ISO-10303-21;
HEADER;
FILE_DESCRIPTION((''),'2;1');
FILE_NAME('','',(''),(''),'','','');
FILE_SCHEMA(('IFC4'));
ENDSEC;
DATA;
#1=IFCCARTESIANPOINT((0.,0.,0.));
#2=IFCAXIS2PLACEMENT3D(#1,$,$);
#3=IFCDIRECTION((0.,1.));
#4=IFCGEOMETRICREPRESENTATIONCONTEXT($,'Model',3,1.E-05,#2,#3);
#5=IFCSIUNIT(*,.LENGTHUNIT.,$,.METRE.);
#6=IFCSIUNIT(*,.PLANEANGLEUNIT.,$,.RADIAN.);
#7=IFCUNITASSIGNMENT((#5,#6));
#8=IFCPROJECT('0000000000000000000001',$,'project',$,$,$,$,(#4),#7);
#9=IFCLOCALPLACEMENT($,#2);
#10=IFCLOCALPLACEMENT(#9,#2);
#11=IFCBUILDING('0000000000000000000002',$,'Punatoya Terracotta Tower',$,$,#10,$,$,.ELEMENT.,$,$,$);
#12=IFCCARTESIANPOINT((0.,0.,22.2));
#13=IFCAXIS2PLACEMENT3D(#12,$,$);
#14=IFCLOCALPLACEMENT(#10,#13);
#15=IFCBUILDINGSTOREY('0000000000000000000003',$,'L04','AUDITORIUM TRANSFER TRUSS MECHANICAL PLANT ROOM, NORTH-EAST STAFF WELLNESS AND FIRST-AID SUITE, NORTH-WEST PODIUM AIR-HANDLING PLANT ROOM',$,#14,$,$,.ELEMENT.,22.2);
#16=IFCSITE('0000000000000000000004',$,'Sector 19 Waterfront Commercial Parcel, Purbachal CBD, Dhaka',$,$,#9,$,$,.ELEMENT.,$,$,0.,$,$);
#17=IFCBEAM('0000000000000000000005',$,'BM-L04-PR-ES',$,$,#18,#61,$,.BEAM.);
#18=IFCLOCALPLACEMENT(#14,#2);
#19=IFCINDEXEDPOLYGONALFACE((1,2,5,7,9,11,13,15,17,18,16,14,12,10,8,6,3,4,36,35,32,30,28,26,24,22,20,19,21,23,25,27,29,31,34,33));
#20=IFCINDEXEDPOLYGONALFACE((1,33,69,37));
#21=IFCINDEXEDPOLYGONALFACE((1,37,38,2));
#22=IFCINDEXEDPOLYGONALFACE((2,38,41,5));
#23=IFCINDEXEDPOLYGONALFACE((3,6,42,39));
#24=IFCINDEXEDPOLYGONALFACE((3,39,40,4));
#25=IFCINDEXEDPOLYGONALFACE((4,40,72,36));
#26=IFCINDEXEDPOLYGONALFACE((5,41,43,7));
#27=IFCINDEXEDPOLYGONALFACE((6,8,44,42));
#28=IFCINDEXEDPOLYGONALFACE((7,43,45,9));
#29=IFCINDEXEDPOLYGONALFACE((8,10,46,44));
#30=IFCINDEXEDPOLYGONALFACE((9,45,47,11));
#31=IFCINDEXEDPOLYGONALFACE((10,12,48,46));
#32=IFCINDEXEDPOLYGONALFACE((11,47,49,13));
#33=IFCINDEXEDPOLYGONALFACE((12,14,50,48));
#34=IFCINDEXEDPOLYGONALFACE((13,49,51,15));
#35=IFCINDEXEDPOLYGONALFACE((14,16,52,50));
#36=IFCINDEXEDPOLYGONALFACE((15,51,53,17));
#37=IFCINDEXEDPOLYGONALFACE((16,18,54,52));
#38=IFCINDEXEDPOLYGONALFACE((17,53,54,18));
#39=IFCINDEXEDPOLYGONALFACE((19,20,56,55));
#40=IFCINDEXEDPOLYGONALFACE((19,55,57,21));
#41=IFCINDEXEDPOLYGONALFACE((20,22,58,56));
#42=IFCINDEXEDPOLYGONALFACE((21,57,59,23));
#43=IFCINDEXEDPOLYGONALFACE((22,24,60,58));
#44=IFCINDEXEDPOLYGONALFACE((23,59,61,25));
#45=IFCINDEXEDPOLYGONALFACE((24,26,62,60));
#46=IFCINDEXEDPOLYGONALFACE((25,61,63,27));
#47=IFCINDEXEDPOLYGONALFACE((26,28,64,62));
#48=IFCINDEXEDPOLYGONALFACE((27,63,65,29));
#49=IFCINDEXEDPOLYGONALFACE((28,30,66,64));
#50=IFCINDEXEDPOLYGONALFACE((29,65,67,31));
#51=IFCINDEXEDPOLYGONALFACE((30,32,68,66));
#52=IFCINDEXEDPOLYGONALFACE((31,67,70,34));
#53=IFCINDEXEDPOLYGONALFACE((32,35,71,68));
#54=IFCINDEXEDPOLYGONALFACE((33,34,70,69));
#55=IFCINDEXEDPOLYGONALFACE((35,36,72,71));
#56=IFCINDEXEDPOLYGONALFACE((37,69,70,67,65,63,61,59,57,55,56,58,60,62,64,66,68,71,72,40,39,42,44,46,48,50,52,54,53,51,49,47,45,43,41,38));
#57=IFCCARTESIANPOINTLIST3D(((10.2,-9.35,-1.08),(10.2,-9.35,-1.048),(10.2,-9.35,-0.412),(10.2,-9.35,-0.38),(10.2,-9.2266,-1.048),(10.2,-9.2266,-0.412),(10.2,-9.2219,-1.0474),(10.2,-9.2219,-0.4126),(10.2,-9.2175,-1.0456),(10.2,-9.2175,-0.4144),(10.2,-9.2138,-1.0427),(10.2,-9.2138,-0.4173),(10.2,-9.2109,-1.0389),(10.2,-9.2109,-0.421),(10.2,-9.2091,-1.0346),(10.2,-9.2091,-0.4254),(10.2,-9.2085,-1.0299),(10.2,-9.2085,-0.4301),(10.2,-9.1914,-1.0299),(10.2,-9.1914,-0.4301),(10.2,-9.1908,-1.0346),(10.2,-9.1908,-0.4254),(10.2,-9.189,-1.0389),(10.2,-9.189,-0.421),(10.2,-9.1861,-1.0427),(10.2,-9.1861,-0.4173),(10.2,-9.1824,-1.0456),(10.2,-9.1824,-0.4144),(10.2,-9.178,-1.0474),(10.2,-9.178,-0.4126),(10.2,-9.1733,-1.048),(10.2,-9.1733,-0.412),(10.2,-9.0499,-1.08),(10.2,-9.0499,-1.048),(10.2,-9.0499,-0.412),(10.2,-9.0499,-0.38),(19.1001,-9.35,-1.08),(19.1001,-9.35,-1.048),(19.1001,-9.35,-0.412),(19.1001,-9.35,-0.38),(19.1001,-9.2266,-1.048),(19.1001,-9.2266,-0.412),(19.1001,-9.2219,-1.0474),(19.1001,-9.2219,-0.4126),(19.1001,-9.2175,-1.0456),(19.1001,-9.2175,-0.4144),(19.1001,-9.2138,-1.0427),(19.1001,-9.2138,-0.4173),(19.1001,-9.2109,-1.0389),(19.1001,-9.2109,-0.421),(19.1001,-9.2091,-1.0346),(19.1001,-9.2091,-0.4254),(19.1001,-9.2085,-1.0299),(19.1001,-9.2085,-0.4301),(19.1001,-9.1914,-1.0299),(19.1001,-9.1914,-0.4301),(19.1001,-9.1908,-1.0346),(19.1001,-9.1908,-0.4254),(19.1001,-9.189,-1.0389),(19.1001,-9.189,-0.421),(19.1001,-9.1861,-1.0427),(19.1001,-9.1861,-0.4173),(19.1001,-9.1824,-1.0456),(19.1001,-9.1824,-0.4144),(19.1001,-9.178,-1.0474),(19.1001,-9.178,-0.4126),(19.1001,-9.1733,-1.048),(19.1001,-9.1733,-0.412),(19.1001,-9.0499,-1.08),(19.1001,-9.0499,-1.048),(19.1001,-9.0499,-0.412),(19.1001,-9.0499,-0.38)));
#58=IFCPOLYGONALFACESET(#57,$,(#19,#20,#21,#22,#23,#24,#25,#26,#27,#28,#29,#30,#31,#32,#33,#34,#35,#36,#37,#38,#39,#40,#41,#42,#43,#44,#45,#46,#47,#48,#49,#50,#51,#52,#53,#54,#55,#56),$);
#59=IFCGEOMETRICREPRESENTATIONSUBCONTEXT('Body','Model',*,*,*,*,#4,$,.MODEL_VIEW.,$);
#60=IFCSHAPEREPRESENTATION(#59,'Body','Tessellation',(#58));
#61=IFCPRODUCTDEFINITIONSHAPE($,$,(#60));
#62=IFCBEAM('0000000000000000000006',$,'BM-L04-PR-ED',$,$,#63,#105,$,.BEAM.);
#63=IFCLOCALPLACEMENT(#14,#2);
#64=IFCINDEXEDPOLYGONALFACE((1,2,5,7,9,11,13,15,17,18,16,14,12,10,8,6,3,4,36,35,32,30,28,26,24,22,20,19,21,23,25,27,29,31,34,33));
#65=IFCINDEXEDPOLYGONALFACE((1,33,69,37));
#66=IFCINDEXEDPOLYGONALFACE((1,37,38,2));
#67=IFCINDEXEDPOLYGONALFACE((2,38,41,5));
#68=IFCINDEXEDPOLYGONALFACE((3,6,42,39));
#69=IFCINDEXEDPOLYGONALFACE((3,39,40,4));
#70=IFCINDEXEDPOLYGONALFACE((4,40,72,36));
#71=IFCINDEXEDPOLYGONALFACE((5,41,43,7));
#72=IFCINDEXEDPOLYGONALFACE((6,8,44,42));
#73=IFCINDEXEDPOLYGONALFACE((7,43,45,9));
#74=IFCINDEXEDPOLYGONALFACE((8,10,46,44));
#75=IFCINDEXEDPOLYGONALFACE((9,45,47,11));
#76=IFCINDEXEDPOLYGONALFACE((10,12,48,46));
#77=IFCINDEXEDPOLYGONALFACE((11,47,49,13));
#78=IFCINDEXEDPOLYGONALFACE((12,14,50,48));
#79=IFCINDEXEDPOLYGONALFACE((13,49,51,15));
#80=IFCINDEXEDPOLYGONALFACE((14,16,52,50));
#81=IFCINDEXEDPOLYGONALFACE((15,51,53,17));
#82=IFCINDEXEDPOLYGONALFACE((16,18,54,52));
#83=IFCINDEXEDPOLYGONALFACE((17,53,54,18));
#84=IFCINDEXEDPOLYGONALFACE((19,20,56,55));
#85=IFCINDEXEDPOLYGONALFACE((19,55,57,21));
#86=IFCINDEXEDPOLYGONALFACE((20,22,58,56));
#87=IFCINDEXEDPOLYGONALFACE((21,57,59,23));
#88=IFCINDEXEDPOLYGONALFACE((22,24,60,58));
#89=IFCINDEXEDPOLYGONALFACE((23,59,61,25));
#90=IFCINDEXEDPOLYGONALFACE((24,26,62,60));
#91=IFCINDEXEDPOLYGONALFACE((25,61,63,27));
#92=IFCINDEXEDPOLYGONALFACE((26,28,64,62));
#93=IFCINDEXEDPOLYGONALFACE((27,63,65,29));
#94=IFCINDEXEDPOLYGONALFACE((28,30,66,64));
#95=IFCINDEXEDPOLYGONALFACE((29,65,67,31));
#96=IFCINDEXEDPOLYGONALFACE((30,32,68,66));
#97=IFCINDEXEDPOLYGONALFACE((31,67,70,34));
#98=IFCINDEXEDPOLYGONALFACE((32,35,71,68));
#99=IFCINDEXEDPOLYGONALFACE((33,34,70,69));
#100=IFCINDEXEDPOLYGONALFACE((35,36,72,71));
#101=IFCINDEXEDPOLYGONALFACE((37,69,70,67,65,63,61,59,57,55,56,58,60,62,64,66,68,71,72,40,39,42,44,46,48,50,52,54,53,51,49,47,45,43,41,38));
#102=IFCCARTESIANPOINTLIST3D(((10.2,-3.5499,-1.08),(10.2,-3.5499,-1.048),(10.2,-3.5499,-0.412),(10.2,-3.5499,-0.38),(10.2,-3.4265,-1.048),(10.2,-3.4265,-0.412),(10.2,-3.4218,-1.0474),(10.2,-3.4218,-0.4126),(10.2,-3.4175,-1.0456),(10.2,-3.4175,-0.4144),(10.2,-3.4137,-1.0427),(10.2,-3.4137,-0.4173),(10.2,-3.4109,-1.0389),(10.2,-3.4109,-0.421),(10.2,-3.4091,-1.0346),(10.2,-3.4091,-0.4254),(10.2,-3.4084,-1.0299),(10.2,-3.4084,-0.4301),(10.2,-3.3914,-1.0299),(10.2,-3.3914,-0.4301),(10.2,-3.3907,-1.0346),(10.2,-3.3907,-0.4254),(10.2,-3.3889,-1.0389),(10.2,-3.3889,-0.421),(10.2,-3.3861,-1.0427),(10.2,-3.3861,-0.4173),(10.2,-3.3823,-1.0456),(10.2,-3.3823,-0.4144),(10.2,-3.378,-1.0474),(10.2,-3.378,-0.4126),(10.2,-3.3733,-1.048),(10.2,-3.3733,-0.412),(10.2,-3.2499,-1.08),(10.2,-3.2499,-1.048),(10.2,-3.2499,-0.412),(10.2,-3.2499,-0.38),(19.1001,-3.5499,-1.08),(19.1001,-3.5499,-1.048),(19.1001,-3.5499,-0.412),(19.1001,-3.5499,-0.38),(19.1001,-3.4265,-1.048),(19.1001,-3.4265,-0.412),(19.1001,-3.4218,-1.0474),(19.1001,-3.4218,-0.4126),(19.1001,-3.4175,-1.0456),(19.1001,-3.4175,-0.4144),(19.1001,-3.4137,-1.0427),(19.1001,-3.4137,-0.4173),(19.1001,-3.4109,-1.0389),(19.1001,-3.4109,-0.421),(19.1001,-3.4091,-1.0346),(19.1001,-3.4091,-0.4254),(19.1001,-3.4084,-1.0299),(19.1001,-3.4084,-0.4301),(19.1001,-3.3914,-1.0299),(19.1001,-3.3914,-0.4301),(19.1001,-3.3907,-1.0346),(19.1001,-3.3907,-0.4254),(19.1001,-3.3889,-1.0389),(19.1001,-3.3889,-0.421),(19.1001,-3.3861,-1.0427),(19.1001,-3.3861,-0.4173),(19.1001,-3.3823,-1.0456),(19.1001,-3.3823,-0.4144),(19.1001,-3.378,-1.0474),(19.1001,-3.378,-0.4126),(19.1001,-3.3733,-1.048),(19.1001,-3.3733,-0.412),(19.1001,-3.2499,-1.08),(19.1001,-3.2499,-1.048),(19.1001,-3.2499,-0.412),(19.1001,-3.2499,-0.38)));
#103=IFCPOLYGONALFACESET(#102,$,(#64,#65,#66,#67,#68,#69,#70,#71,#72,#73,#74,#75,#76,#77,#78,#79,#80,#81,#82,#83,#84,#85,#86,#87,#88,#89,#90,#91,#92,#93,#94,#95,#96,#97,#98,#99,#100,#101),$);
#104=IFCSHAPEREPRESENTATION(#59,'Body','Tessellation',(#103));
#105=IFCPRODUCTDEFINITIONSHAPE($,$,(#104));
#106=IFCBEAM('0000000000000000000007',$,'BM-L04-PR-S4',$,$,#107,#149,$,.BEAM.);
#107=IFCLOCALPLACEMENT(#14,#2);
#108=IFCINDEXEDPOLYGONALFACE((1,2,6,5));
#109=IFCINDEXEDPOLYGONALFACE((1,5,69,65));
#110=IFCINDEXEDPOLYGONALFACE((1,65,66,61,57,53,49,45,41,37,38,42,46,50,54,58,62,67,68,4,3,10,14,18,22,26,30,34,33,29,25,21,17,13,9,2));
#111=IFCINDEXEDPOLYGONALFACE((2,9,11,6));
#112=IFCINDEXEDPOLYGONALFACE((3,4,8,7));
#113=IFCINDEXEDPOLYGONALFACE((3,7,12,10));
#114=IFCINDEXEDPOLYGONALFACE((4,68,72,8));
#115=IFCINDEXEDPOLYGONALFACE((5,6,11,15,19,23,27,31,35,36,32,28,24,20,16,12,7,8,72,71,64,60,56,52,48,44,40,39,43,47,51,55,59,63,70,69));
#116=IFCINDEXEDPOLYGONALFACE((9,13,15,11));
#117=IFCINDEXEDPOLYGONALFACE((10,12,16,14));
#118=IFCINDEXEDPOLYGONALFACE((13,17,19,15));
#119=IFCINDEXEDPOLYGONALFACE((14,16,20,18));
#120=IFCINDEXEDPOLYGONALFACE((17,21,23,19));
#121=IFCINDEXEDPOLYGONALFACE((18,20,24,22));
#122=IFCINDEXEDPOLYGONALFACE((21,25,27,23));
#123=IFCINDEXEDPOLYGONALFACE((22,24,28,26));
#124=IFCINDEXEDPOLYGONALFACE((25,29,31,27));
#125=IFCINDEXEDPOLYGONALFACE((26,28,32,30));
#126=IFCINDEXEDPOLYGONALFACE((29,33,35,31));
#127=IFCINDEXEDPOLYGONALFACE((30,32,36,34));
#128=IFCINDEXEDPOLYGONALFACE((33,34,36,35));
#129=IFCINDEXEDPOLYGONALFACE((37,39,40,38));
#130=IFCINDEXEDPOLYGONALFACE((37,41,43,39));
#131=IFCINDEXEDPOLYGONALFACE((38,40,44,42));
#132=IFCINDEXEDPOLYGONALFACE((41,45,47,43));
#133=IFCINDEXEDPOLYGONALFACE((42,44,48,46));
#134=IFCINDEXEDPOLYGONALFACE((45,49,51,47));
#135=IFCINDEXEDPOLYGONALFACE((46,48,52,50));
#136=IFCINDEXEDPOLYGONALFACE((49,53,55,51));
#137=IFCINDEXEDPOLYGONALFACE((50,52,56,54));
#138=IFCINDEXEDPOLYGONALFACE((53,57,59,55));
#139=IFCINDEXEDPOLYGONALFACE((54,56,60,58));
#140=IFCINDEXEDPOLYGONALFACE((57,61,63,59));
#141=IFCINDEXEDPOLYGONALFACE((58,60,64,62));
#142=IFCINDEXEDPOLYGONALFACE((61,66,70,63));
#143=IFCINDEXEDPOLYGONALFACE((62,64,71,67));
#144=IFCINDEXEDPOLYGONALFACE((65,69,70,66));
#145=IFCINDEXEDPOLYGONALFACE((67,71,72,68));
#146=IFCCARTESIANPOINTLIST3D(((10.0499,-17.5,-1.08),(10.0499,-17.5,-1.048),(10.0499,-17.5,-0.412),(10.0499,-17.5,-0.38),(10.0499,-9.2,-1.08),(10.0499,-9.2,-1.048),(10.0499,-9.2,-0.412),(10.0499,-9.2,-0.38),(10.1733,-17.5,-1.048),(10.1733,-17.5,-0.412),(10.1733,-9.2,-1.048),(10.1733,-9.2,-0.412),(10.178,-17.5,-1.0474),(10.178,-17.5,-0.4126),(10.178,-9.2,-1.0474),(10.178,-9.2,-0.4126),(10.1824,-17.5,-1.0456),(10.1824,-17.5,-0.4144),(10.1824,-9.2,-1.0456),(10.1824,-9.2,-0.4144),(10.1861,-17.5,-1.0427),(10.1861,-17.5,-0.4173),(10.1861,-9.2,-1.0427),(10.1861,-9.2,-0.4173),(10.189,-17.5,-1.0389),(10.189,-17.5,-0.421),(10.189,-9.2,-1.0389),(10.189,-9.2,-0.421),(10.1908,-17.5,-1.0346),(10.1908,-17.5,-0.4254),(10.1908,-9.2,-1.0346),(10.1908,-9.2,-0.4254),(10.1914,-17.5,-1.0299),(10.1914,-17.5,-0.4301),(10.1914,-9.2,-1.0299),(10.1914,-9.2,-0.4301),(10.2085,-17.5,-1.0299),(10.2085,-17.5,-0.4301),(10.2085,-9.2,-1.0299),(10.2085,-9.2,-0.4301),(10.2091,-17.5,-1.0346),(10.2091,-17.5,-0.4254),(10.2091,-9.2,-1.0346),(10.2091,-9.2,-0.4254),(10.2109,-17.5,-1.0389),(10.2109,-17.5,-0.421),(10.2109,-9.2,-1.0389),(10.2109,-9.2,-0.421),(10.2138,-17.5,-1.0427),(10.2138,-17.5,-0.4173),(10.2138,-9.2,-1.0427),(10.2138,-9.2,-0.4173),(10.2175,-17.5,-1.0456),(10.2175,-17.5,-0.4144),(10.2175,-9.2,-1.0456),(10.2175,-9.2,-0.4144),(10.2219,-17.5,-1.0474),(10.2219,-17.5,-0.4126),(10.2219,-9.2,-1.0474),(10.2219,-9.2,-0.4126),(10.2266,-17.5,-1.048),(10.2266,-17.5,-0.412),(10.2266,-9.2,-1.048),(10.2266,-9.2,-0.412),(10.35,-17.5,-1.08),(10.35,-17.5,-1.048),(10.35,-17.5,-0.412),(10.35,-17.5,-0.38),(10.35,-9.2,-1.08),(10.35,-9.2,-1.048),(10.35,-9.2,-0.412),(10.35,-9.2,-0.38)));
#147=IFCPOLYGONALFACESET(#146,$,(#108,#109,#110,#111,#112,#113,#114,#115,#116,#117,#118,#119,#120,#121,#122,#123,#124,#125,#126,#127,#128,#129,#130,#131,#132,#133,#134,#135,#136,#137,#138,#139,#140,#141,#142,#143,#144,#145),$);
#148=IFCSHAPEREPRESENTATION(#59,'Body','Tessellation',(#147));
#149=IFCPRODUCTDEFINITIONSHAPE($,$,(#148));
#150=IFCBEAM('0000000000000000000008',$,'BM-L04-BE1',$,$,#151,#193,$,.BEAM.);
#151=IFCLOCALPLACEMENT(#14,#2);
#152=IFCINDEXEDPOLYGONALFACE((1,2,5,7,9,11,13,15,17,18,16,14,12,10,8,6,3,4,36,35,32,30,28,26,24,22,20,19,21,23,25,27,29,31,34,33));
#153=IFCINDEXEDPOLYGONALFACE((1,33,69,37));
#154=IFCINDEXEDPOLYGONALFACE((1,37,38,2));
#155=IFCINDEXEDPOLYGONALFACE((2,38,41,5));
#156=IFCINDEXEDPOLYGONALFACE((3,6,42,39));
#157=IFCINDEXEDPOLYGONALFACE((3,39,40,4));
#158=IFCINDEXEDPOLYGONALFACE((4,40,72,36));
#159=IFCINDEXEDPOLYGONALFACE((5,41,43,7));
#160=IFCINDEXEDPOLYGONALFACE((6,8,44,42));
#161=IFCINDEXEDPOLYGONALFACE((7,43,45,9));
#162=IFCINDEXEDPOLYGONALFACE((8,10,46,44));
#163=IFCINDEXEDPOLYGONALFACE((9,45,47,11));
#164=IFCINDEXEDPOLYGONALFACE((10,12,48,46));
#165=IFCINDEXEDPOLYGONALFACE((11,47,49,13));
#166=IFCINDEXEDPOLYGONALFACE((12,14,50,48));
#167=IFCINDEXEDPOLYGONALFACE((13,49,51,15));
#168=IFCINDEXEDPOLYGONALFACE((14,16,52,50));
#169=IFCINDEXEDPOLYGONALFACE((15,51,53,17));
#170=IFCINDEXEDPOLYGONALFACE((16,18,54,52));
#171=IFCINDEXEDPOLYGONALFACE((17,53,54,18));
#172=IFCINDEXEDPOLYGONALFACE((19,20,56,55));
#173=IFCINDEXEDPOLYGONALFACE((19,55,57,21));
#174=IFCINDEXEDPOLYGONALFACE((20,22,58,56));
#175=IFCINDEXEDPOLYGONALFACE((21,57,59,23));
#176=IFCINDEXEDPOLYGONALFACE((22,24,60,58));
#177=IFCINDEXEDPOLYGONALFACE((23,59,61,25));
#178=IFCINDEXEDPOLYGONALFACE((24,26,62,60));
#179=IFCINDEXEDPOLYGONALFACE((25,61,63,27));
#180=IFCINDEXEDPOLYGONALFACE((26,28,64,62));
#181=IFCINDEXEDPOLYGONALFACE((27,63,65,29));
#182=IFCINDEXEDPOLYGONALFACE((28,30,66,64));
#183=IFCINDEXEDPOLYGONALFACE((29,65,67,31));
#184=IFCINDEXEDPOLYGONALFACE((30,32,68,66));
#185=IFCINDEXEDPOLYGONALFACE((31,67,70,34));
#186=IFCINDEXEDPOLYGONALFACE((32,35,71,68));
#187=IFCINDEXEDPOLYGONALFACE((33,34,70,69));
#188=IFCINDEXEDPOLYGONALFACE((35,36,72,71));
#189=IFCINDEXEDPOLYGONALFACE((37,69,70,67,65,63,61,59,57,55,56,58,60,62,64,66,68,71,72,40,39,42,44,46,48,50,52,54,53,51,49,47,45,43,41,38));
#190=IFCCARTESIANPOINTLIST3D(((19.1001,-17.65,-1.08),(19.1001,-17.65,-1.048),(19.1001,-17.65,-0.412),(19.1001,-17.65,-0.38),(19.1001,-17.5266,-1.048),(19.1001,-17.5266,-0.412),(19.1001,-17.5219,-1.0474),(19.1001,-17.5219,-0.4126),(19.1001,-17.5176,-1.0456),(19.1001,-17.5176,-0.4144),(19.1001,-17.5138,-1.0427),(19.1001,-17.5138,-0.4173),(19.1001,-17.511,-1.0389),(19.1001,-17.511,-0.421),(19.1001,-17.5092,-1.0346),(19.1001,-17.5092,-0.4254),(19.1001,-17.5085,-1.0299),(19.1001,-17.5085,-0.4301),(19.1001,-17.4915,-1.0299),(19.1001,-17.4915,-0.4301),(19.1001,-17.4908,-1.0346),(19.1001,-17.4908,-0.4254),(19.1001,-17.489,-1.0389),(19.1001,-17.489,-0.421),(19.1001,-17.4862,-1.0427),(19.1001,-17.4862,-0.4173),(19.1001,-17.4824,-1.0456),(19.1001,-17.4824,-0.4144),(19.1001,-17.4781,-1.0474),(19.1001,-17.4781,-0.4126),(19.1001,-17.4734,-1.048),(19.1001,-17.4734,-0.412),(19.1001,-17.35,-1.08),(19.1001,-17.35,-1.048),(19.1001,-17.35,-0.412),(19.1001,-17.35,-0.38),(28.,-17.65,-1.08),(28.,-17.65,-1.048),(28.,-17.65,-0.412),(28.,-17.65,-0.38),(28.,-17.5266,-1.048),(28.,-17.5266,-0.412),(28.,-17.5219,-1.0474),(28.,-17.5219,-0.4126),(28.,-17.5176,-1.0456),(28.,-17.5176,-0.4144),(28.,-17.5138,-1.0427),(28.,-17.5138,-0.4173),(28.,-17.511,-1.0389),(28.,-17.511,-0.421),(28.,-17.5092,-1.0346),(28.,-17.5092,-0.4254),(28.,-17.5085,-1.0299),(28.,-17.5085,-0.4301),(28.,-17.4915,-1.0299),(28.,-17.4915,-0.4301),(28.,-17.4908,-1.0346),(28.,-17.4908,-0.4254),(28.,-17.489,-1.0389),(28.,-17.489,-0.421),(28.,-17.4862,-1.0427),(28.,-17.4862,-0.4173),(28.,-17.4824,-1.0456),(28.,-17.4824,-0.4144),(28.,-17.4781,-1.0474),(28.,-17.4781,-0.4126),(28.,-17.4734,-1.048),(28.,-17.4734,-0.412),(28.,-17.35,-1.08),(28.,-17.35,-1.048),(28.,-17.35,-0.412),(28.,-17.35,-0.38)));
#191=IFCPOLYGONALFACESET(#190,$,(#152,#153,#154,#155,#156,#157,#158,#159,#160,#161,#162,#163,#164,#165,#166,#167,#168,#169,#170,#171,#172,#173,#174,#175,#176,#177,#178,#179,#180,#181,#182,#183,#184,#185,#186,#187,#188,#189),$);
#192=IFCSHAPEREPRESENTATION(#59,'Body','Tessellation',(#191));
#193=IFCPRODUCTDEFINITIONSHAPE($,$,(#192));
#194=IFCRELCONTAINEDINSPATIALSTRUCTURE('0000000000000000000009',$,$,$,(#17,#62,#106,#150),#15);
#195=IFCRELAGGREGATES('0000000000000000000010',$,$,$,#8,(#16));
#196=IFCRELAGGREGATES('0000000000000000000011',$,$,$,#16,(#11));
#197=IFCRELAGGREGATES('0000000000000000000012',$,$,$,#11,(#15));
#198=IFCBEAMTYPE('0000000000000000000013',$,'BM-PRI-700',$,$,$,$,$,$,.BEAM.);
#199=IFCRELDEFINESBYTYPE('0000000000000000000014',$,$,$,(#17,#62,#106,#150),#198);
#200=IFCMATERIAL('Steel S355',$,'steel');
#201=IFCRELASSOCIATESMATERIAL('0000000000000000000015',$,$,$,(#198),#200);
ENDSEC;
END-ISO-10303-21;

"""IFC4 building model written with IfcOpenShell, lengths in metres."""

from ifc_helpers import new_model, si_unit, direction, frame, origin, origin_2d, place, context, subcontext, project, spatial, i_section, extrude, material, material_profile, profile_set, type_object, element, save


model = new_model("IFC4")

# Units and contexts
model_context = context("Model", 3, precision=1e-05, world=origin(), true_north=direction((0.0, 1.0)))
body_context = subcontext(model_context, "Body", "Model", "MODEL_VIEW")
ifc_project = project(units=[si_unit("LENGTHUNIT", "METRE"), si_unit("PLANEANGLEUNIT", "RADIAN")], contexts=[model_context])

# Site, building, storey
site_placement = place(None, origin())
site = spatial("IfcSite", under=ifc_project, at=site_placement, Name="Sector 19 Waterfront Commercial Parcel, Purbachal CBD, Dhaka", CompositionType="ELEMENT", RefElevation=0.0)
building_placement = place(site_placement, origin())
building = spatial("IfcBuilding", under=site, at=building_placement, Name="Punatoya Terracotta Tower", CompositionType="ELEMENT")
storey_placement = place(building_placement, frame((0.0, 0.0, 22.2)))
storey = spatial("IfcBuildingStorey", under=building, at=storey_placement, Name="L04", Description="AUDITORIUM TRANSFER TRUSS MECHANICAL PLANT ROOM, NORTH-EAST STAFF WELLNESS AND FIRST-AID SUITE, NORTH-WEST PODIUM AIR-HANDLING PLANT ROOM", CompositionType="ELEMENT", Elevation=22.2)

# Beams
ifc_material_1 = material(Name="Steel S355", Category="steel")
ifc_material_profile_1 = material_profile(ifc_material_1, i_section(OverallWidth=0.3, OverallDepth=0.7, WebThickness=0.0171, FlangeThickness=0.032, FilletRadius=0.0181, at=origin_2d()))
ifc_profile_set_1 = profile_set([ifc_material_profile_1], Name="Steel S355")
beam_type_1 = type_object("IfcBeamType", Name="BM-PRI-700", PredefinedType="BEAM", material=ifc_profile_set_1)
for number, where, z_axis, x_axis, name in (
    (1, (10.2, -9.2, -0.73), (1.0, 0.0, 0.0), (0.0, 1.0, 0.0), "BM-L04-PR-ES"),
    (2, (10.2, -3.3999, -0.73), (1.0, 0.0, 0.0), (0.0, 1.0, 0.0), "BM-L04-PR-ED"),
):
    element("IfcBeam", number, at=place(storey_placement, frame(where, z_axis=z_axis, x_axis=x_axis)), inside=storey, type_object=beam_type_1, Name=name, PredefinedType="BEAM", context=body_context, shape_type="SweptSolid", body=[
        extrude(i_section(OverallWidth=0.3, OverallDepth=0.7, WebThickness=0.0171, FlangeThickness=0.032, FilletRadius=0.0181, at=origin_2d()), origin(), (0.0, 0.0, 1.0), 8.9001),
    ])
beam_1_placement = place(storey_placement, frame((10.2, -17.5, -0.73), z_axis=(0.0, 1.0, 0.0), x_axis=(-1.0, 0.0, 0.0)))
element("IfcBeam", 3, at=beam_1_placement, inside=storey, type_object=beam_type_1, Name="BM-L04-PR-S4", PredefinedType="BEAM", context=body_context, shape_type="SweptSolid", body=[
    extrude(i_section(OverallWidth=0.3, OverallDepth=0.7, WebThickness=0.0171, FlangeThickness=0.032, FilletRadius=0.0181, at=origin_2d()), origin(), (0.0, 0.0, 1.0), 8.3),
])
for number, where, z_axis, x_axis, name in (
    (4, (19.1001, -17.5, -0.73), (1.0, 0.0, 0.0), (0.0, 1.0, 0.0), "BM-L04-BE1"),
):
    element("IfcBeam", number, at=place(storey_placement, frame(where, z_axis=z_axis, x_axis=x_axis)), inside=storey, type_object=beam_type_1, Name=name, PredefinedType="BEAM", context=body_context, shape_type="SweptSolid", body=[
        extrude(i_section(OverallWidth=0.3, OverallDepth=0.7, WebThickness=0.0171, FlangeThickness=0.032, FilletRadius=0.0181, at=origin_2d()), origin(), (0.0, 0.0, 1.0), 8.8999),
    ])

save(model, "model.ifc")
